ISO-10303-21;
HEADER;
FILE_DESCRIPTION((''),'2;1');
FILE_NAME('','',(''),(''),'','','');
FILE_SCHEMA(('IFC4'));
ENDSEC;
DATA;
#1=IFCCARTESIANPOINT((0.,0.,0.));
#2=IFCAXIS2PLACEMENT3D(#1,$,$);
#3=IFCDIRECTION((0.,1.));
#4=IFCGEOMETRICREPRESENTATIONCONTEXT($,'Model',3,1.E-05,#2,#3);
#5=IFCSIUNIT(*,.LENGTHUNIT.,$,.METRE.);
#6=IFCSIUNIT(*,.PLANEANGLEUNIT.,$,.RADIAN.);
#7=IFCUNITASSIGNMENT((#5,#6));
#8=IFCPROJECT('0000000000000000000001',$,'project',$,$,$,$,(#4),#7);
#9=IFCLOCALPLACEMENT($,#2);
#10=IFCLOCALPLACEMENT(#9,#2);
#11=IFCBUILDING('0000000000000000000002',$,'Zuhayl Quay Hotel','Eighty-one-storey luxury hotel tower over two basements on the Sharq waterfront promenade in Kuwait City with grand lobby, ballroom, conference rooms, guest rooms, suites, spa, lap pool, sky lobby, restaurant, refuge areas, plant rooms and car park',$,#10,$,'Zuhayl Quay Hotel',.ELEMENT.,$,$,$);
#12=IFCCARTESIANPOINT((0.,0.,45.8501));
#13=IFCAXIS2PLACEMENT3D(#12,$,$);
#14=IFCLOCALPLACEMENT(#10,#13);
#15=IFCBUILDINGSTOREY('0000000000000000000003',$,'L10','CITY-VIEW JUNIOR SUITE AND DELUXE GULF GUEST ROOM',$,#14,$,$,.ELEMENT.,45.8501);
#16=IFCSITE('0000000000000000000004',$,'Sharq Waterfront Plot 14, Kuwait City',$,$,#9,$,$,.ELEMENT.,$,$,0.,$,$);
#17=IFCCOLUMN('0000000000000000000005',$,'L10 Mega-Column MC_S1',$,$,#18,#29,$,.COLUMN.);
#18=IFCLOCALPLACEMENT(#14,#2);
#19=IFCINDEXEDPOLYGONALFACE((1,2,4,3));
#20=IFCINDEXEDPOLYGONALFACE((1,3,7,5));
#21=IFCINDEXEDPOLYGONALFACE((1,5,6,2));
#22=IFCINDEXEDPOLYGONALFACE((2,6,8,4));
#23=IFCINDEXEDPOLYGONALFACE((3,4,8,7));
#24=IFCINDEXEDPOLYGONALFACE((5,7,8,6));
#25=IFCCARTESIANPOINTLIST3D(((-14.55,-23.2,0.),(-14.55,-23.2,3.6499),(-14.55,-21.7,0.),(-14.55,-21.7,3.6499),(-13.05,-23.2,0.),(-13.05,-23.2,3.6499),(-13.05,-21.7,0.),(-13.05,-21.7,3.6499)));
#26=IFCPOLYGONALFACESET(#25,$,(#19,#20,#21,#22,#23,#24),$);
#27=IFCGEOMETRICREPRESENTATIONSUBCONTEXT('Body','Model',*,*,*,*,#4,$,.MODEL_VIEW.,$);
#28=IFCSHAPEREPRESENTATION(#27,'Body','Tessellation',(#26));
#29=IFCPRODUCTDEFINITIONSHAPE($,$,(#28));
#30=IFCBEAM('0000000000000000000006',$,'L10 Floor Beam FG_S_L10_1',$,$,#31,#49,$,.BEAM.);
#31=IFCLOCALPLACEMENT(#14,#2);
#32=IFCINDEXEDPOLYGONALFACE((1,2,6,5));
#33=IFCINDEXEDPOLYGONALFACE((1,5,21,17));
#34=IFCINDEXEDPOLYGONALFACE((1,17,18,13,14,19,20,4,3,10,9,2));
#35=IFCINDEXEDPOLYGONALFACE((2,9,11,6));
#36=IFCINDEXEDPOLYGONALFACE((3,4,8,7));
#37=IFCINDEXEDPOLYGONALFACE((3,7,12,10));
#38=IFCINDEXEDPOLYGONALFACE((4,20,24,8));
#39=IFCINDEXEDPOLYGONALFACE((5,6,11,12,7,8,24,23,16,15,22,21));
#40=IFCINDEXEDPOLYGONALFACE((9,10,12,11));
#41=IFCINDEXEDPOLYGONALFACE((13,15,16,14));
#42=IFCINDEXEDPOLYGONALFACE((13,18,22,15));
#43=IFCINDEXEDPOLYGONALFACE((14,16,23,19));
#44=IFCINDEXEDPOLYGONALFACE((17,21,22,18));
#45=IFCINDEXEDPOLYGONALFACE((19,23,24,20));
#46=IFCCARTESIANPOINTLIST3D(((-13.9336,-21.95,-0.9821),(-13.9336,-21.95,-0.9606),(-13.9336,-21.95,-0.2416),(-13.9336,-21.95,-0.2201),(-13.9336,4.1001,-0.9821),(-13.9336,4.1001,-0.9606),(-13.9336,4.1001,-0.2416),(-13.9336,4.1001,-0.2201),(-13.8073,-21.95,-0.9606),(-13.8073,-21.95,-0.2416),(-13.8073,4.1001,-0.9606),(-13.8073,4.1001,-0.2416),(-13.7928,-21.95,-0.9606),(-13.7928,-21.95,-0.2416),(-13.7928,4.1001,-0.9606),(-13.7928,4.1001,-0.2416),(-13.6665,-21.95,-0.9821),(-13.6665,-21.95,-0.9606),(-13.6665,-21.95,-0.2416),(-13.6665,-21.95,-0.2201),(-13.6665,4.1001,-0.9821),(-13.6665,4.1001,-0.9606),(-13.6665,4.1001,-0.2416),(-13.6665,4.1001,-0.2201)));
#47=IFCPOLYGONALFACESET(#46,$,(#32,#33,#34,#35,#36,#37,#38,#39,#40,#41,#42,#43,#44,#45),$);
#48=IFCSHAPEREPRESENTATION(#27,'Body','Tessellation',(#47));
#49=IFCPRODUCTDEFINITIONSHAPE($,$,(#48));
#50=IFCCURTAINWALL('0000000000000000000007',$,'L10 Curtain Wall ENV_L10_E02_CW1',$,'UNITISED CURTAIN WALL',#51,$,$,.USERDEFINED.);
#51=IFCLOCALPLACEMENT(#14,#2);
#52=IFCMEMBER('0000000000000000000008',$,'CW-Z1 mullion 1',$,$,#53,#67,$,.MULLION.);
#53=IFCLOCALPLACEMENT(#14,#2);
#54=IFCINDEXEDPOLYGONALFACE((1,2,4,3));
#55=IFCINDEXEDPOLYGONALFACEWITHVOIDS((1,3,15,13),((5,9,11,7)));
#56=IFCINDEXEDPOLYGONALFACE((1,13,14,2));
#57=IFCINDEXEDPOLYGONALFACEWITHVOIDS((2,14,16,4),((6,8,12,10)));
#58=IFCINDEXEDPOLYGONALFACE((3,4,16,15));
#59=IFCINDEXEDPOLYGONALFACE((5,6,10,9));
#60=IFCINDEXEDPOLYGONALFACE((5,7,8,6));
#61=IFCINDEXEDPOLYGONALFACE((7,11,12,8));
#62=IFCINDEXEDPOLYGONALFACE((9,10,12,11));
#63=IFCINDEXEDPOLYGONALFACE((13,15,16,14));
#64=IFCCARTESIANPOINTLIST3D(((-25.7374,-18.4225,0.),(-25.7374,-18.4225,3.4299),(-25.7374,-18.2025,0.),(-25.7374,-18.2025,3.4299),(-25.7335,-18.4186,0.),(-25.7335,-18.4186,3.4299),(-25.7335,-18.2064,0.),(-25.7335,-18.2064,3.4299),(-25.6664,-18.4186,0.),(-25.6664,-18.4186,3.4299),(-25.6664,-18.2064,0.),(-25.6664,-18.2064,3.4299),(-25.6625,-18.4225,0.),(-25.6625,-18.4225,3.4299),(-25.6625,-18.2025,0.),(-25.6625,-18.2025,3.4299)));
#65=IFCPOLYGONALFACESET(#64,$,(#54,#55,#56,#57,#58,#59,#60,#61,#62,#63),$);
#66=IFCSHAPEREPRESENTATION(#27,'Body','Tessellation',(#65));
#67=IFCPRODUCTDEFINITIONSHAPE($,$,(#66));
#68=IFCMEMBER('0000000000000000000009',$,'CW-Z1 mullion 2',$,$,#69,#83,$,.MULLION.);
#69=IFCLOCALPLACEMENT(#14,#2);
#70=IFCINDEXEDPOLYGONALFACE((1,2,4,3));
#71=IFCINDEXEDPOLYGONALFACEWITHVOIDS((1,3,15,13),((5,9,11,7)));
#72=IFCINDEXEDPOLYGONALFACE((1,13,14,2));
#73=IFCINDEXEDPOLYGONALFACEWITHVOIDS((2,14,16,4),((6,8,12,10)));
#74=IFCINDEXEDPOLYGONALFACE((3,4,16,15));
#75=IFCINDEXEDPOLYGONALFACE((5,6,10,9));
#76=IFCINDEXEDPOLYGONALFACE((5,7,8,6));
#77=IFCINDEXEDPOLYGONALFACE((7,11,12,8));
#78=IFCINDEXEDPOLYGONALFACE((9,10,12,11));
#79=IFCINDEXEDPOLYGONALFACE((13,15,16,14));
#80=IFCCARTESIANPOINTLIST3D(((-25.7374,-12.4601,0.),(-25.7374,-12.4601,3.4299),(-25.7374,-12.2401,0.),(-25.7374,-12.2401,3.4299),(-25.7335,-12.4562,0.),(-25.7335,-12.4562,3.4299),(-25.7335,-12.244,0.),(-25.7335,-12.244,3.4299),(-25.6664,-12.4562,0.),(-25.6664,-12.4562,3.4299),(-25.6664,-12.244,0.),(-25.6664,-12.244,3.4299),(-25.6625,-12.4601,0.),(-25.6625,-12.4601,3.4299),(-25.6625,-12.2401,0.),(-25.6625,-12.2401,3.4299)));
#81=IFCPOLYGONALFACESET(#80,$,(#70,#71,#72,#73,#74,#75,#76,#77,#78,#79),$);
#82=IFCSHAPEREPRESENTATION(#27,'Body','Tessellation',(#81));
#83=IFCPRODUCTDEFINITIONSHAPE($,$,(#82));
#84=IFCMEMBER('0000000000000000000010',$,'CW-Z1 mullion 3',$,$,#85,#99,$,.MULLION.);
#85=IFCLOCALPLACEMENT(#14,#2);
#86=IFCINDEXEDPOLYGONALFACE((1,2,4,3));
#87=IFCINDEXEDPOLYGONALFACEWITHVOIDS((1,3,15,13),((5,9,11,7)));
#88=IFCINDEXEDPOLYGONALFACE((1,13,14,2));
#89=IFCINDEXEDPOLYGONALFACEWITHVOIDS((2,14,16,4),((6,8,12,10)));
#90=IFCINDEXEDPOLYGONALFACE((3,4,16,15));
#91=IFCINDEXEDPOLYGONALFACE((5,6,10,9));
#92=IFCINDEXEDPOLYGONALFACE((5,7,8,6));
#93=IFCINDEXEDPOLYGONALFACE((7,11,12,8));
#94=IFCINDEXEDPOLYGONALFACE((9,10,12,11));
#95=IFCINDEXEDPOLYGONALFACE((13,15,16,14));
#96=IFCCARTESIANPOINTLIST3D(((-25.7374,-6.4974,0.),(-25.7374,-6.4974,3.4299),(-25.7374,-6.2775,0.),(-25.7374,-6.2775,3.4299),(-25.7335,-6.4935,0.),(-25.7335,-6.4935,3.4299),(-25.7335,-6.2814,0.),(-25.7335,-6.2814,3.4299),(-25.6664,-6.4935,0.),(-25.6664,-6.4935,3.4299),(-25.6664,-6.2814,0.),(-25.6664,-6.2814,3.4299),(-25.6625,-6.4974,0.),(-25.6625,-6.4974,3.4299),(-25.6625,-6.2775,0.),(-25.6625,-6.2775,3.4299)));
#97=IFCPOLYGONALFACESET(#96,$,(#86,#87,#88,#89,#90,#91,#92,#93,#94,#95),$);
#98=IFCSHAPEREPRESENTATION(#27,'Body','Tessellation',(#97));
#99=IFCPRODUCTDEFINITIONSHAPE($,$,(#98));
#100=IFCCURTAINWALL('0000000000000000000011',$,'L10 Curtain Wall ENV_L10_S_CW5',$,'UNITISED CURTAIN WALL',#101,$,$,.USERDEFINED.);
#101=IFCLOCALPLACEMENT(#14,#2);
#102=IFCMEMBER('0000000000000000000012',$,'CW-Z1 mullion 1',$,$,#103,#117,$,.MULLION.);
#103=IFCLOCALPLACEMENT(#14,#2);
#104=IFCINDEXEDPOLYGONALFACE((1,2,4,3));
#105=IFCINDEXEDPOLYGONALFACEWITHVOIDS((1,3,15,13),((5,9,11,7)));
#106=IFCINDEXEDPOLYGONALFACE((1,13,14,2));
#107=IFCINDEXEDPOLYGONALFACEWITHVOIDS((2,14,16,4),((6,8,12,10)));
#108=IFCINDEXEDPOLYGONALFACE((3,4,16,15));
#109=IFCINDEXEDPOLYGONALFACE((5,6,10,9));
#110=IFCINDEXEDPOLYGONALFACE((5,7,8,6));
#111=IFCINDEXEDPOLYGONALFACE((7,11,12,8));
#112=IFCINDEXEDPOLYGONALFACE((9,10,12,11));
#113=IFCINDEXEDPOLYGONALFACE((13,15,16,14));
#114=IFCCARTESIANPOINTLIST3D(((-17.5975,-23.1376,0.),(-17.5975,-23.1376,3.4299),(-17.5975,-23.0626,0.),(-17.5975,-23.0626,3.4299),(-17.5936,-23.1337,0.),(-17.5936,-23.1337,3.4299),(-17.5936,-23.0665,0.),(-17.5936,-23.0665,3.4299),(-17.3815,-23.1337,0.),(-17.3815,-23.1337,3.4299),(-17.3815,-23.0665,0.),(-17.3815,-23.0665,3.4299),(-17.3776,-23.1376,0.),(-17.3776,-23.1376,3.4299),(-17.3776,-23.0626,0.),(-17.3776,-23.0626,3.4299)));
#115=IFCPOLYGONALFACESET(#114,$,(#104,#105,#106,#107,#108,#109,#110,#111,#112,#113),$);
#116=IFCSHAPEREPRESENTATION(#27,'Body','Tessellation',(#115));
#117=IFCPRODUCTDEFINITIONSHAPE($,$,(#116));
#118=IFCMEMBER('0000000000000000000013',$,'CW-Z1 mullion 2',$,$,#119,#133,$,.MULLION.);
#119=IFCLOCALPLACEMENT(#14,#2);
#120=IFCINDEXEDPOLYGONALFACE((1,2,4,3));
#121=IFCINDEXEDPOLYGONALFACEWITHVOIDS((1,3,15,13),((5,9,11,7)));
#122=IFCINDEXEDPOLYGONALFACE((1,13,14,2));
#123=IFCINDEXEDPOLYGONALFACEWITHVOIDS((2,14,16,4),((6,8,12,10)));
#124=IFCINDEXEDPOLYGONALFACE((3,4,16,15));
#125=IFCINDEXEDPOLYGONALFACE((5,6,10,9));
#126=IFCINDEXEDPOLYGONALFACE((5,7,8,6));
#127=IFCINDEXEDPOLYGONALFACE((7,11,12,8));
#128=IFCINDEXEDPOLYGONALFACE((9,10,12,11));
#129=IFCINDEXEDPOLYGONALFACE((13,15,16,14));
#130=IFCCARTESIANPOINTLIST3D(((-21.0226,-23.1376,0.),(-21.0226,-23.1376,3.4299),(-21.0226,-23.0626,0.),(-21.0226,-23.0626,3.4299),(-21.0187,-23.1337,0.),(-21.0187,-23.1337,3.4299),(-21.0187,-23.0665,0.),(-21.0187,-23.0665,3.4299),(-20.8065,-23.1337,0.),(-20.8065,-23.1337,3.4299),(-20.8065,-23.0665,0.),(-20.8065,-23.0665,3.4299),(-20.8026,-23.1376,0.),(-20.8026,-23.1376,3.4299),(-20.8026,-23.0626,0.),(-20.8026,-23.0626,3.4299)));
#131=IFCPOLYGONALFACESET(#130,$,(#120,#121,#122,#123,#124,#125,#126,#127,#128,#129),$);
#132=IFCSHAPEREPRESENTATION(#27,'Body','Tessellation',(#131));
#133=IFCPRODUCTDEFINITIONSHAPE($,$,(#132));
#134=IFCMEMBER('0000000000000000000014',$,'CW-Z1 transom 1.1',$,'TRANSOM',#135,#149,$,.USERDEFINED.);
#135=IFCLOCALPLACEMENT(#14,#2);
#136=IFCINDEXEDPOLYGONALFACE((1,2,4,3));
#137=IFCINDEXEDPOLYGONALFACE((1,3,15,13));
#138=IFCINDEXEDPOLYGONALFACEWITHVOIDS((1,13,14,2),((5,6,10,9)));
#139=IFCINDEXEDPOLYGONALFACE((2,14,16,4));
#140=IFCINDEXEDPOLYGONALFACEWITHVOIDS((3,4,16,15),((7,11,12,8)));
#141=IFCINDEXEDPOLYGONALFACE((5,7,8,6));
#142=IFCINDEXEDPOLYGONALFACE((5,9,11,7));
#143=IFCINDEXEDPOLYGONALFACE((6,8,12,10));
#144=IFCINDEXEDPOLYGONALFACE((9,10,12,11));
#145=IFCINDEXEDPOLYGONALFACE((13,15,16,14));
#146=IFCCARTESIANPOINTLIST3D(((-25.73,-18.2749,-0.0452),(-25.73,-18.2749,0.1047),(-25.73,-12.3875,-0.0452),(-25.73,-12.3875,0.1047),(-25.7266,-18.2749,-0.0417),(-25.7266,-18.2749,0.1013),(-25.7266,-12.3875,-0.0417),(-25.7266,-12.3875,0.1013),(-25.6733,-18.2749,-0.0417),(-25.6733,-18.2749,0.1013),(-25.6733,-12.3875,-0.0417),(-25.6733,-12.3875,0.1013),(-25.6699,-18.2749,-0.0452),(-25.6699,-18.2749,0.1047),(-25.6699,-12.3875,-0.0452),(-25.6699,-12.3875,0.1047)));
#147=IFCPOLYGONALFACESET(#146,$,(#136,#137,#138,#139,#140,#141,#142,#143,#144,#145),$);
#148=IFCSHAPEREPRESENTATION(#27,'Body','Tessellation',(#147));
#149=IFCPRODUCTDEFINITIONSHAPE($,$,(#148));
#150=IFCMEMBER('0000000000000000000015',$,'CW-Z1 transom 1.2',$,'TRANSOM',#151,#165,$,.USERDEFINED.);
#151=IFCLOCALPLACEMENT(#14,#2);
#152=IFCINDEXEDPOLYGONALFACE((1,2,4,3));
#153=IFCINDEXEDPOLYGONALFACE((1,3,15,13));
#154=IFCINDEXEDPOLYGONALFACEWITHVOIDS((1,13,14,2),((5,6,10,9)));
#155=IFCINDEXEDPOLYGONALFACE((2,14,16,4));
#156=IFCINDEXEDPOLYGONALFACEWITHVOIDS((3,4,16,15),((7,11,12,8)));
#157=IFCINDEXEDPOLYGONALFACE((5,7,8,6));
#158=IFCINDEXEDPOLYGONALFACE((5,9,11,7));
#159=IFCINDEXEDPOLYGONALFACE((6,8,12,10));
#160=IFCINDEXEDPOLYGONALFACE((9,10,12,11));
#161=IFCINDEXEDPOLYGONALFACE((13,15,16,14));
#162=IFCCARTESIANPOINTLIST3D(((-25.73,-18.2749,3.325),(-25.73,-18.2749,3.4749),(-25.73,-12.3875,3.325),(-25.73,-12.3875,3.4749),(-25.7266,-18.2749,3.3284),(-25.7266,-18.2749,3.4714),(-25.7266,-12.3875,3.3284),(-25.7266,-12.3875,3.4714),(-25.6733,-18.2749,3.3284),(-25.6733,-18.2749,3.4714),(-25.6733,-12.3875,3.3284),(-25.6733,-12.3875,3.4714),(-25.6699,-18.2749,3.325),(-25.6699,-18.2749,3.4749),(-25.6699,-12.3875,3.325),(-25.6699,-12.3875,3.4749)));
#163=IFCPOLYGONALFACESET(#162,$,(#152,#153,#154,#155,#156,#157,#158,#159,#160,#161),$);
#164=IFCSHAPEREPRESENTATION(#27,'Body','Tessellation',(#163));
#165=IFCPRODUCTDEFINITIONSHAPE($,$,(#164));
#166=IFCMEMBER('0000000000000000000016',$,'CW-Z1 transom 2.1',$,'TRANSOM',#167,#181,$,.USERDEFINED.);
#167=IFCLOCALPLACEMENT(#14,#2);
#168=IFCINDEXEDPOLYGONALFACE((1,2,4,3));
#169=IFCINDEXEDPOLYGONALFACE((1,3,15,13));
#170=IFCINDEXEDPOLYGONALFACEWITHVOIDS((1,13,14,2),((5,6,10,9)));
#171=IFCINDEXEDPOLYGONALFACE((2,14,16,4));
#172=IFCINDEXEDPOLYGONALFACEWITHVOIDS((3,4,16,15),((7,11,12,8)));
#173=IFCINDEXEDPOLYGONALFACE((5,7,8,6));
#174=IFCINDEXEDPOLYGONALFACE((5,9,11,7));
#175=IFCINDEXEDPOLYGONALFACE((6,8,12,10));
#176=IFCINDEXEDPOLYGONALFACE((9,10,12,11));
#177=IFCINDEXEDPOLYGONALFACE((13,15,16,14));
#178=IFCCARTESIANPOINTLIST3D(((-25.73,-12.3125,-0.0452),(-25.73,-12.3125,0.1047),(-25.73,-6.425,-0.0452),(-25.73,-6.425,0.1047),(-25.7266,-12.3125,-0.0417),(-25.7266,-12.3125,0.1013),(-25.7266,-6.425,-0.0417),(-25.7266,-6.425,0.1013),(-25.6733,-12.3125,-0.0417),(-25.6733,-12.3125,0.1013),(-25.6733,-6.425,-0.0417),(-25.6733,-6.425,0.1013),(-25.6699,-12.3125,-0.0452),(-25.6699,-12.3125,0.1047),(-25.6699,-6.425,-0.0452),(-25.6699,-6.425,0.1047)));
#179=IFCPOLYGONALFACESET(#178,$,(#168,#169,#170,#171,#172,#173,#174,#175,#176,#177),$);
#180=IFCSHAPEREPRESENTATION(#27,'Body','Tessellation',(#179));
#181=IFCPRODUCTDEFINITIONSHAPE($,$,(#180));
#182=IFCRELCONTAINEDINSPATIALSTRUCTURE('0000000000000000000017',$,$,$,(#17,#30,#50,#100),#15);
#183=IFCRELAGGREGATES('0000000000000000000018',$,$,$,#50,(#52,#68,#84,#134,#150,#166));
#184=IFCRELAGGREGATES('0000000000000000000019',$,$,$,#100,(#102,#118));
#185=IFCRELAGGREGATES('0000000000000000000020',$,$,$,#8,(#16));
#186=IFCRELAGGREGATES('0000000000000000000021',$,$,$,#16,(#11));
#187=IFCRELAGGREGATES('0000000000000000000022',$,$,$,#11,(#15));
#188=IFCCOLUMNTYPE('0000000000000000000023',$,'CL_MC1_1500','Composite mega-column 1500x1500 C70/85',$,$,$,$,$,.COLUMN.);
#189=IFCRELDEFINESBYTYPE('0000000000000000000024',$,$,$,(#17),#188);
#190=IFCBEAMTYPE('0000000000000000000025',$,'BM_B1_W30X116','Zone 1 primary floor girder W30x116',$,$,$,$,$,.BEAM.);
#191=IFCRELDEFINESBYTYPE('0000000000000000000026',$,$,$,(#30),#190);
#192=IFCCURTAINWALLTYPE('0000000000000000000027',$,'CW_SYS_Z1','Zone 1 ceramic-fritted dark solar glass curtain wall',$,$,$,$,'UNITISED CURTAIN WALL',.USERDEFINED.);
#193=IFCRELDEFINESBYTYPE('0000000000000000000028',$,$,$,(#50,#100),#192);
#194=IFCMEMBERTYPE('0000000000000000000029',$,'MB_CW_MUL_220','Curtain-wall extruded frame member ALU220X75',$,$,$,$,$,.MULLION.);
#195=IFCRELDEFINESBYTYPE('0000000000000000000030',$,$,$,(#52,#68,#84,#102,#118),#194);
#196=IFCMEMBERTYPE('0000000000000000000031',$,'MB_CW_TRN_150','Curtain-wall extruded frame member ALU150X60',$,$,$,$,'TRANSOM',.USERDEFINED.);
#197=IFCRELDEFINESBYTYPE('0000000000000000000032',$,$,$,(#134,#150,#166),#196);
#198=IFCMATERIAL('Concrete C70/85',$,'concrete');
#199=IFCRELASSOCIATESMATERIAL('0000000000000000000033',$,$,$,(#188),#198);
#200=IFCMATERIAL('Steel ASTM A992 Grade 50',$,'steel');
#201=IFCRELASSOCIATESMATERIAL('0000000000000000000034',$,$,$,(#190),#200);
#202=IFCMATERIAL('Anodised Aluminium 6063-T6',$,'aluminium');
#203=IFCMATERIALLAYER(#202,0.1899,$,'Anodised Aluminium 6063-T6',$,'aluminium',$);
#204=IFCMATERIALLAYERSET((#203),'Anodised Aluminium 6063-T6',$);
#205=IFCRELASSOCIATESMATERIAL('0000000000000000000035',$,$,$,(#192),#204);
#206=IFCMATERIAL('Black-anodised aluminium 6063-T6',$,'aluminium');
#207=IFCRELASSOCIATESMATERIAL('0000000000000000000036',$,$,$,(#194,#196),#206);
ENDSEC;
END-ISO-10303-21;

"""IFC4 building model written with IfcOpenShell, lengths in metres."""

from ifc_helpers import new_model, si_unit, direction, frame, origin, origin_2d, place, context, subcontext, project, spatial, rectangle, hollow_rectangle, i_section, extrude, material, layer, layer_set, material_profile, profile_set, type_object, element, aggregate, save


model = new_model("IFC4")

# Units and contexts
model_context = context("Model", 3, precision=1e-05, world=origin(), true_north=direction((0.0, 1.0)))
body_context = subcontext(model_context, "Body", "Model", "MODEL_VIEW")
ifc_project = project(units=[si_unit("LENGTHUNIT", "METRE"), si_unit("PLANEANGLEUNIT", "RADIAN")], contexts=[model_context])

# Site, building, storey
site_placement = place(None, origin())
site = spatial("IfcSite", under=ifc_project, at=site_placement, Name="Sharq Waterfront Plot 14, Kuwait City", CompositionType="ELEMENT", RefElevation=0.0)
building_placement = place(site_placement, origin())
building = spatial("IfcBuilding", under=site, at=building_placement, Name="Zuhayl Quay Hotel", Description="Eighty-one-storey luxury hotel tower over two basements on the Sharq waterfront promenade in Kuwait City with grand lobby, ballroom, conference rooms, guest rooms, suites, spa, lap pool, sky lobby, restaurant, refuge areas, plant rooms and car park", LongName="Zuhayl Quay Hotel", CompositionType="ELEMENT")
storey_placement = place(building_placement, frame((0.0, 0.0, 45.8501)))
storey = spatial("IfcBuildingStorey", under=building, at=storey_placement, Name="L10", Description="CITY-VIEW JUNIOR SUITE AND DELUXE GULF GUEST ROOM", CompositionType="ELEMENT", Elevation=45.8501)

# Column
ifc_material_1 = material(Name="Concrete C70/85", Category="concrete")
ifc_material_profile_1 = material_profile(ifc_material_1, rectangle(XDim=1.5, YDim=1.5, at=origin_2d()), Name="RC1500X1500")
ifc_profile_set_1 = profile_set([ifc_material_profile_1], Name="Concrete C70/85")
column_type = type_object("IfcColumnType", Name="CL_MC1_1500", Description="Composite mega-column 1500x1500 C70/85", PredefinedType="COLUMN", material=ifc_profile_set_1)
column_placement = place(storey_placement, frame((-13.8, -22.45, 0.0), z_axis=(0.0, 0.0, 1.0), x_axis=(1.0, 0.0, 0.0)))
element("IfcColumn", 1, at=column_placement, inside=storey, type_object=column_type, Name="L10 Mega-Column MC_S1", PredefinedType="COLUMN", context=body_context, shape_type="SweptSolid", body=[
    extrude(rectangle(XDim=1.5, YDim=1.5, at=origin_2d()), origin(), (0.0, 0.0, 1.0), 3.6499),
])

# Beam
ifc_material_2 = material(Name="Steel ASTM A992 Grade 50", Category="steel")
ifc_material_profile_2 = material_profile(ifc_material_2, i_section(OverallWidth=0.2671, OverallDepth=0.762, WebThickness=0.0144, FlangeThickness=0.0215, at=origin_2d()), Name="W30X116")
ifc_profile_set_2 = profile_set([ifc_material_profile_2], Name="Steel ASTM A992 Grade 50")
beam_type = type_object("IfcBeamType", Name="BM_B1_W30X116", Description="Zone 1 primary floor girder W30x116", PredefinedType="BEAM", material=ifc_profile_set_2)
beam_placement = place(storey_placement, frame((-13.8, -21.95, -0.6011), z_axis=(0.0, 1.0, 0.0), x_axis=(-1.0, 0.0, 0.0)))
element("IfcBeam", 2, at=beam_placement, inside=storey, type_object=beam_type, Name="L10 Floor Beam FG_S_L10_1", PredefinedType="BEAM", context=body_context, shape_type="SweptSolid", body=[
    extrude(i_section(OverallWidth=0.2671, OverallDepth=0.762, WebThickness=0.0144, FlangeThickness=0.0215, at=origin_2d()), origin(), (0.0, 0.0, 1.0), 26.05),
])

# Curtain walls, members
ifc_material_3 = material(Name="Anodised Aluminium 6063-T6", Category="aluminium")
ifc_layer_1 = layer(ifc_material_3, 0.1899, Name="Anodised Aluminium 6063-T6", Category="aluminium")
ifc_layer_set_1 = layer_set([ifc_layer_1], Name="Anodised Aluminium 6063-T6")
curtain_wall_type = type_object("IfcCurtainWallType", Name="CW_SYS_Z1", Description="Zone 1 ceramic-fritted dark solar glass curtain wall", ElementType="UNITISED CURTAIN WALL", PredefinedType="USERDEFINED", material=ifc_layer_set_1)
curtain_wall_1_placement = place(storey_placement, origin())
curtain_wall_1 = element("IfcCurtainWall", 3, at=curtain_wall_1_placement, inside=storey, type_object=curtain_wall_type, Name="L10 Curtain Wall ENV_L10_E02_CW1", ObjectType="UNITISED CURTAIN WALL", PredefinedType="USERDEFINED")
ifc_material_4 = material(Name="Black-anodised aluminium 6063-T6", Category="aluminium")
ifc_material_profile_3 = material_profile(ifc_material_4, hollow_rectangle(XDim=0.075, YDim=0.22, WallThickness=0.0039, at=origin_2d()), Name="ALU220X75")
ifc_profile_set_3 = profile_set([ifc_material_profile_3], Name="Black-anodised aluminium 6063-T6")
member_type_1 = type_object("IfcMemberType", Name="MB_CW_MUL_220", Description="Curtain-wall extruded frame member ALU220X75", PredefinedType="MULLION", material=ifc_profile_set_3)
member_1_placement = place(storey_placement, frame((-25.7, -18.3125, 0.0), z_axis=(0.0, 0.0, 1.0), x_axis=(-1.0, 0.0, 0.0)))
member_1 = element("IfcMember", 4, at=member_1_placement, type_object=member_type_1, Name="CW-Z1 mullion 1", PredefinedType="MULLION", context=body_context, shape_type="SweptSolid", body=[
    extrude(hollow_rectangle(XDim=0.075, YDim=0.22, WallThickness=0.0039, at=origin_2d()), origin(), (0.0, 0.0, 1.0), 3.4299),
])
member_2_placement = place(storey_placement, frame((-25.7, -12.3501, 0.0), z_axis=(0.0, 0.0, 1.0), x_axis=(-1.0, 0.0, 0.0)))
member_2 = element("IfcMember", 5, at=member_2_placement, type_object=member_type_1, Name="CW-Z1 mullion 2", PredefinedType="MULLION", context=body_context, shape_type="SweptSolid", body=[
    extrude(hollow_rectangle(XDim=0.075, YDim=0.22, WallThickness=0.0039, at=origin_2d()), origin(), (0.0, 0.0, 1.0), 3.4299),
])
member_3_placement = place(storey_placement, frame((-25.7, -6.3875, 0.0), z_axis=(0.0, 0.0, 1.0), x_axis=(-1.0, 0.0, 0.0)))
member_3 = element("IfcMember", 6, at=member_3_placement, type_object=member_type_1, Name="CW-Z1 mullion 3", PredefinedType="MULLION", context=body_context, shape_type="SweptSolid", body=[
    extrude(hollow_rectangle(XDim=0.075, YDim=0.22, WallThickness=0.0039, at=origin_2d()), origin(), (0.0, 0.0, 1.0), 3.4299),
])
curtain_wall_2_placement = place(storey_placement, origin())
curtain_wall_2 = element("IfcCurtainWall", 7, at=curtain_wall_2_placement, inside=storey, type_object=curtain_wall_type, Name="L10 Curtain Wall ENV_L10_S_CW5", ObjectType="UNITISED CURTAIN WALL", PredefinedType="USERDEFINED")
member_4_placement = place(storey_placement, frame((-17.4875, -23.1001, 0.0), z_axis=(0.0, 0.0, 1.0), x_axis=(0.0, -1.0, 0.0)))
member_4 = element("IfcMember", 8, at=member_4_placement, type_object=member_type_1, Name="CW-Z1 mullion 1", PredefinedType="MULLION", context=body_context, shape_type="SweptSolid", body=[
    extrude(hollow_rectangle(XDim=0.075, YDim=0.22, WallThickness=0.0039, at=origin_2d()), origin(), (0.0, 0.0, 1.0), 3.4299),
])
member_5_placement = place(storey_placement, frame((-20.9126, -23.1001, 0.0), z_axis=(0.0, 0.0, 1.0), x_axis=(0.0, -1.0, 0.0)))
member_5 = element("IfcMember", 9, at=member_5_placement, type_object=member_type_1, Name="CW-Z1 mullion 2", PredefinedType="MULLION", context=body_context, shape_type="SweptSolid", body=[
    extrude(hollow_rectangle(XDim=0.075, YDim=0.22, WallThickness=0.0039, at=origin_2d()), origin(), (0.0, 0.0, 1.0), 3.4299),
])

# Members
ifc_material_profile_4 = material_profile(ifc_material_4, hollow_rectangle(XDim=0.0601, YDim=0.1499, WallThickness=0.0034, at=origin_2d()), Name="ALU150X60")
ifc_profile_set_4 = profile_set([ifc_material_profile_4], Name="Black-anodised aluminium 6063-T6")
member_type_2 = type_object("IfcMemberType", Name="MB_CW_TRN_150", Description="Curtain-wall extruded frame member ALU150X60", ElementType="TRANSOM", PredefinedType="USERDEFINED", material=ifc_profile_set_4)
member_6_placement = place(storey_placement, frame((-25.7, -18.2749, 0.0298), z_axis=(0.0, 1.0, 0.0), x_axis=(-1.0, 0.0, 0.0)))
member_6 = element("IfcMember", 10, at=member_6_placement, type_object=member_type_2, Name="CW-Z1 transom 1.1", ObjectType="TRANSOM", PredefinedType="USERDEFINED", context=body_context, shape_type="SweptSolid", body=[
    extrude(hollow_rectangle(XDim=0.0601, YDim=0.1499, WallThickness=0.0034, at=origin_2d()), origin(), (0.0, 0.0, 1.0), 5.8875),
])
member_7_placement = place(storey_placement, frame((-25.7, -18.2749, 3.3999), z_axis=(0.0, 1.0, 0.0), x_axis=(-1.0, 0.0, 0.0)))
member_7 = element("IfcMember", 11, at=member_7_placement, type_object=member_type_2, Name="CW-Z1 transom 1.2", ObjectType="TRANSOM", PredefinedType="USERDEFINED", context=body_context, shape_type="SweptSolid", body=[
    extrude(hollow_rectangle(XDim=0.0601, YDim=0.1499, WallThickness=0.0034, at=origin_2d()), origin(), (0.0, 0.0, 1.0), 5.8875),
])
member_8_placement = place(storey_placement, frame((-25.7, -12.3125, 0.0298), z_axis=(0.0, 1.0, 0.0), x_axis=(-1.0, 0.0, 0.0)))
member_8 = element("IfcMember", 12, at=member_8_placement, type_object=member_type_2, Name="CW-Z1 transom 2.1", ObjectType="TRANSOM", PredefinedType="USERDEFINED", context=body_context, shape_type="SweptSolid", body=[
    extrude(hollow_rectangle(XDim=0.0601, YDim=0.1499, WallThickness=0.0034, at=origin_2d()), origin(), (0.0, 0.0, 1.0), 5.8875),
])

aggregate(curtain_wall_1, [member_1, member_2, member_3, member_6, member_7, member_8])
aggregate(curtain_wall_2, [member_4, member_5])

save(model, "model.ifc")
